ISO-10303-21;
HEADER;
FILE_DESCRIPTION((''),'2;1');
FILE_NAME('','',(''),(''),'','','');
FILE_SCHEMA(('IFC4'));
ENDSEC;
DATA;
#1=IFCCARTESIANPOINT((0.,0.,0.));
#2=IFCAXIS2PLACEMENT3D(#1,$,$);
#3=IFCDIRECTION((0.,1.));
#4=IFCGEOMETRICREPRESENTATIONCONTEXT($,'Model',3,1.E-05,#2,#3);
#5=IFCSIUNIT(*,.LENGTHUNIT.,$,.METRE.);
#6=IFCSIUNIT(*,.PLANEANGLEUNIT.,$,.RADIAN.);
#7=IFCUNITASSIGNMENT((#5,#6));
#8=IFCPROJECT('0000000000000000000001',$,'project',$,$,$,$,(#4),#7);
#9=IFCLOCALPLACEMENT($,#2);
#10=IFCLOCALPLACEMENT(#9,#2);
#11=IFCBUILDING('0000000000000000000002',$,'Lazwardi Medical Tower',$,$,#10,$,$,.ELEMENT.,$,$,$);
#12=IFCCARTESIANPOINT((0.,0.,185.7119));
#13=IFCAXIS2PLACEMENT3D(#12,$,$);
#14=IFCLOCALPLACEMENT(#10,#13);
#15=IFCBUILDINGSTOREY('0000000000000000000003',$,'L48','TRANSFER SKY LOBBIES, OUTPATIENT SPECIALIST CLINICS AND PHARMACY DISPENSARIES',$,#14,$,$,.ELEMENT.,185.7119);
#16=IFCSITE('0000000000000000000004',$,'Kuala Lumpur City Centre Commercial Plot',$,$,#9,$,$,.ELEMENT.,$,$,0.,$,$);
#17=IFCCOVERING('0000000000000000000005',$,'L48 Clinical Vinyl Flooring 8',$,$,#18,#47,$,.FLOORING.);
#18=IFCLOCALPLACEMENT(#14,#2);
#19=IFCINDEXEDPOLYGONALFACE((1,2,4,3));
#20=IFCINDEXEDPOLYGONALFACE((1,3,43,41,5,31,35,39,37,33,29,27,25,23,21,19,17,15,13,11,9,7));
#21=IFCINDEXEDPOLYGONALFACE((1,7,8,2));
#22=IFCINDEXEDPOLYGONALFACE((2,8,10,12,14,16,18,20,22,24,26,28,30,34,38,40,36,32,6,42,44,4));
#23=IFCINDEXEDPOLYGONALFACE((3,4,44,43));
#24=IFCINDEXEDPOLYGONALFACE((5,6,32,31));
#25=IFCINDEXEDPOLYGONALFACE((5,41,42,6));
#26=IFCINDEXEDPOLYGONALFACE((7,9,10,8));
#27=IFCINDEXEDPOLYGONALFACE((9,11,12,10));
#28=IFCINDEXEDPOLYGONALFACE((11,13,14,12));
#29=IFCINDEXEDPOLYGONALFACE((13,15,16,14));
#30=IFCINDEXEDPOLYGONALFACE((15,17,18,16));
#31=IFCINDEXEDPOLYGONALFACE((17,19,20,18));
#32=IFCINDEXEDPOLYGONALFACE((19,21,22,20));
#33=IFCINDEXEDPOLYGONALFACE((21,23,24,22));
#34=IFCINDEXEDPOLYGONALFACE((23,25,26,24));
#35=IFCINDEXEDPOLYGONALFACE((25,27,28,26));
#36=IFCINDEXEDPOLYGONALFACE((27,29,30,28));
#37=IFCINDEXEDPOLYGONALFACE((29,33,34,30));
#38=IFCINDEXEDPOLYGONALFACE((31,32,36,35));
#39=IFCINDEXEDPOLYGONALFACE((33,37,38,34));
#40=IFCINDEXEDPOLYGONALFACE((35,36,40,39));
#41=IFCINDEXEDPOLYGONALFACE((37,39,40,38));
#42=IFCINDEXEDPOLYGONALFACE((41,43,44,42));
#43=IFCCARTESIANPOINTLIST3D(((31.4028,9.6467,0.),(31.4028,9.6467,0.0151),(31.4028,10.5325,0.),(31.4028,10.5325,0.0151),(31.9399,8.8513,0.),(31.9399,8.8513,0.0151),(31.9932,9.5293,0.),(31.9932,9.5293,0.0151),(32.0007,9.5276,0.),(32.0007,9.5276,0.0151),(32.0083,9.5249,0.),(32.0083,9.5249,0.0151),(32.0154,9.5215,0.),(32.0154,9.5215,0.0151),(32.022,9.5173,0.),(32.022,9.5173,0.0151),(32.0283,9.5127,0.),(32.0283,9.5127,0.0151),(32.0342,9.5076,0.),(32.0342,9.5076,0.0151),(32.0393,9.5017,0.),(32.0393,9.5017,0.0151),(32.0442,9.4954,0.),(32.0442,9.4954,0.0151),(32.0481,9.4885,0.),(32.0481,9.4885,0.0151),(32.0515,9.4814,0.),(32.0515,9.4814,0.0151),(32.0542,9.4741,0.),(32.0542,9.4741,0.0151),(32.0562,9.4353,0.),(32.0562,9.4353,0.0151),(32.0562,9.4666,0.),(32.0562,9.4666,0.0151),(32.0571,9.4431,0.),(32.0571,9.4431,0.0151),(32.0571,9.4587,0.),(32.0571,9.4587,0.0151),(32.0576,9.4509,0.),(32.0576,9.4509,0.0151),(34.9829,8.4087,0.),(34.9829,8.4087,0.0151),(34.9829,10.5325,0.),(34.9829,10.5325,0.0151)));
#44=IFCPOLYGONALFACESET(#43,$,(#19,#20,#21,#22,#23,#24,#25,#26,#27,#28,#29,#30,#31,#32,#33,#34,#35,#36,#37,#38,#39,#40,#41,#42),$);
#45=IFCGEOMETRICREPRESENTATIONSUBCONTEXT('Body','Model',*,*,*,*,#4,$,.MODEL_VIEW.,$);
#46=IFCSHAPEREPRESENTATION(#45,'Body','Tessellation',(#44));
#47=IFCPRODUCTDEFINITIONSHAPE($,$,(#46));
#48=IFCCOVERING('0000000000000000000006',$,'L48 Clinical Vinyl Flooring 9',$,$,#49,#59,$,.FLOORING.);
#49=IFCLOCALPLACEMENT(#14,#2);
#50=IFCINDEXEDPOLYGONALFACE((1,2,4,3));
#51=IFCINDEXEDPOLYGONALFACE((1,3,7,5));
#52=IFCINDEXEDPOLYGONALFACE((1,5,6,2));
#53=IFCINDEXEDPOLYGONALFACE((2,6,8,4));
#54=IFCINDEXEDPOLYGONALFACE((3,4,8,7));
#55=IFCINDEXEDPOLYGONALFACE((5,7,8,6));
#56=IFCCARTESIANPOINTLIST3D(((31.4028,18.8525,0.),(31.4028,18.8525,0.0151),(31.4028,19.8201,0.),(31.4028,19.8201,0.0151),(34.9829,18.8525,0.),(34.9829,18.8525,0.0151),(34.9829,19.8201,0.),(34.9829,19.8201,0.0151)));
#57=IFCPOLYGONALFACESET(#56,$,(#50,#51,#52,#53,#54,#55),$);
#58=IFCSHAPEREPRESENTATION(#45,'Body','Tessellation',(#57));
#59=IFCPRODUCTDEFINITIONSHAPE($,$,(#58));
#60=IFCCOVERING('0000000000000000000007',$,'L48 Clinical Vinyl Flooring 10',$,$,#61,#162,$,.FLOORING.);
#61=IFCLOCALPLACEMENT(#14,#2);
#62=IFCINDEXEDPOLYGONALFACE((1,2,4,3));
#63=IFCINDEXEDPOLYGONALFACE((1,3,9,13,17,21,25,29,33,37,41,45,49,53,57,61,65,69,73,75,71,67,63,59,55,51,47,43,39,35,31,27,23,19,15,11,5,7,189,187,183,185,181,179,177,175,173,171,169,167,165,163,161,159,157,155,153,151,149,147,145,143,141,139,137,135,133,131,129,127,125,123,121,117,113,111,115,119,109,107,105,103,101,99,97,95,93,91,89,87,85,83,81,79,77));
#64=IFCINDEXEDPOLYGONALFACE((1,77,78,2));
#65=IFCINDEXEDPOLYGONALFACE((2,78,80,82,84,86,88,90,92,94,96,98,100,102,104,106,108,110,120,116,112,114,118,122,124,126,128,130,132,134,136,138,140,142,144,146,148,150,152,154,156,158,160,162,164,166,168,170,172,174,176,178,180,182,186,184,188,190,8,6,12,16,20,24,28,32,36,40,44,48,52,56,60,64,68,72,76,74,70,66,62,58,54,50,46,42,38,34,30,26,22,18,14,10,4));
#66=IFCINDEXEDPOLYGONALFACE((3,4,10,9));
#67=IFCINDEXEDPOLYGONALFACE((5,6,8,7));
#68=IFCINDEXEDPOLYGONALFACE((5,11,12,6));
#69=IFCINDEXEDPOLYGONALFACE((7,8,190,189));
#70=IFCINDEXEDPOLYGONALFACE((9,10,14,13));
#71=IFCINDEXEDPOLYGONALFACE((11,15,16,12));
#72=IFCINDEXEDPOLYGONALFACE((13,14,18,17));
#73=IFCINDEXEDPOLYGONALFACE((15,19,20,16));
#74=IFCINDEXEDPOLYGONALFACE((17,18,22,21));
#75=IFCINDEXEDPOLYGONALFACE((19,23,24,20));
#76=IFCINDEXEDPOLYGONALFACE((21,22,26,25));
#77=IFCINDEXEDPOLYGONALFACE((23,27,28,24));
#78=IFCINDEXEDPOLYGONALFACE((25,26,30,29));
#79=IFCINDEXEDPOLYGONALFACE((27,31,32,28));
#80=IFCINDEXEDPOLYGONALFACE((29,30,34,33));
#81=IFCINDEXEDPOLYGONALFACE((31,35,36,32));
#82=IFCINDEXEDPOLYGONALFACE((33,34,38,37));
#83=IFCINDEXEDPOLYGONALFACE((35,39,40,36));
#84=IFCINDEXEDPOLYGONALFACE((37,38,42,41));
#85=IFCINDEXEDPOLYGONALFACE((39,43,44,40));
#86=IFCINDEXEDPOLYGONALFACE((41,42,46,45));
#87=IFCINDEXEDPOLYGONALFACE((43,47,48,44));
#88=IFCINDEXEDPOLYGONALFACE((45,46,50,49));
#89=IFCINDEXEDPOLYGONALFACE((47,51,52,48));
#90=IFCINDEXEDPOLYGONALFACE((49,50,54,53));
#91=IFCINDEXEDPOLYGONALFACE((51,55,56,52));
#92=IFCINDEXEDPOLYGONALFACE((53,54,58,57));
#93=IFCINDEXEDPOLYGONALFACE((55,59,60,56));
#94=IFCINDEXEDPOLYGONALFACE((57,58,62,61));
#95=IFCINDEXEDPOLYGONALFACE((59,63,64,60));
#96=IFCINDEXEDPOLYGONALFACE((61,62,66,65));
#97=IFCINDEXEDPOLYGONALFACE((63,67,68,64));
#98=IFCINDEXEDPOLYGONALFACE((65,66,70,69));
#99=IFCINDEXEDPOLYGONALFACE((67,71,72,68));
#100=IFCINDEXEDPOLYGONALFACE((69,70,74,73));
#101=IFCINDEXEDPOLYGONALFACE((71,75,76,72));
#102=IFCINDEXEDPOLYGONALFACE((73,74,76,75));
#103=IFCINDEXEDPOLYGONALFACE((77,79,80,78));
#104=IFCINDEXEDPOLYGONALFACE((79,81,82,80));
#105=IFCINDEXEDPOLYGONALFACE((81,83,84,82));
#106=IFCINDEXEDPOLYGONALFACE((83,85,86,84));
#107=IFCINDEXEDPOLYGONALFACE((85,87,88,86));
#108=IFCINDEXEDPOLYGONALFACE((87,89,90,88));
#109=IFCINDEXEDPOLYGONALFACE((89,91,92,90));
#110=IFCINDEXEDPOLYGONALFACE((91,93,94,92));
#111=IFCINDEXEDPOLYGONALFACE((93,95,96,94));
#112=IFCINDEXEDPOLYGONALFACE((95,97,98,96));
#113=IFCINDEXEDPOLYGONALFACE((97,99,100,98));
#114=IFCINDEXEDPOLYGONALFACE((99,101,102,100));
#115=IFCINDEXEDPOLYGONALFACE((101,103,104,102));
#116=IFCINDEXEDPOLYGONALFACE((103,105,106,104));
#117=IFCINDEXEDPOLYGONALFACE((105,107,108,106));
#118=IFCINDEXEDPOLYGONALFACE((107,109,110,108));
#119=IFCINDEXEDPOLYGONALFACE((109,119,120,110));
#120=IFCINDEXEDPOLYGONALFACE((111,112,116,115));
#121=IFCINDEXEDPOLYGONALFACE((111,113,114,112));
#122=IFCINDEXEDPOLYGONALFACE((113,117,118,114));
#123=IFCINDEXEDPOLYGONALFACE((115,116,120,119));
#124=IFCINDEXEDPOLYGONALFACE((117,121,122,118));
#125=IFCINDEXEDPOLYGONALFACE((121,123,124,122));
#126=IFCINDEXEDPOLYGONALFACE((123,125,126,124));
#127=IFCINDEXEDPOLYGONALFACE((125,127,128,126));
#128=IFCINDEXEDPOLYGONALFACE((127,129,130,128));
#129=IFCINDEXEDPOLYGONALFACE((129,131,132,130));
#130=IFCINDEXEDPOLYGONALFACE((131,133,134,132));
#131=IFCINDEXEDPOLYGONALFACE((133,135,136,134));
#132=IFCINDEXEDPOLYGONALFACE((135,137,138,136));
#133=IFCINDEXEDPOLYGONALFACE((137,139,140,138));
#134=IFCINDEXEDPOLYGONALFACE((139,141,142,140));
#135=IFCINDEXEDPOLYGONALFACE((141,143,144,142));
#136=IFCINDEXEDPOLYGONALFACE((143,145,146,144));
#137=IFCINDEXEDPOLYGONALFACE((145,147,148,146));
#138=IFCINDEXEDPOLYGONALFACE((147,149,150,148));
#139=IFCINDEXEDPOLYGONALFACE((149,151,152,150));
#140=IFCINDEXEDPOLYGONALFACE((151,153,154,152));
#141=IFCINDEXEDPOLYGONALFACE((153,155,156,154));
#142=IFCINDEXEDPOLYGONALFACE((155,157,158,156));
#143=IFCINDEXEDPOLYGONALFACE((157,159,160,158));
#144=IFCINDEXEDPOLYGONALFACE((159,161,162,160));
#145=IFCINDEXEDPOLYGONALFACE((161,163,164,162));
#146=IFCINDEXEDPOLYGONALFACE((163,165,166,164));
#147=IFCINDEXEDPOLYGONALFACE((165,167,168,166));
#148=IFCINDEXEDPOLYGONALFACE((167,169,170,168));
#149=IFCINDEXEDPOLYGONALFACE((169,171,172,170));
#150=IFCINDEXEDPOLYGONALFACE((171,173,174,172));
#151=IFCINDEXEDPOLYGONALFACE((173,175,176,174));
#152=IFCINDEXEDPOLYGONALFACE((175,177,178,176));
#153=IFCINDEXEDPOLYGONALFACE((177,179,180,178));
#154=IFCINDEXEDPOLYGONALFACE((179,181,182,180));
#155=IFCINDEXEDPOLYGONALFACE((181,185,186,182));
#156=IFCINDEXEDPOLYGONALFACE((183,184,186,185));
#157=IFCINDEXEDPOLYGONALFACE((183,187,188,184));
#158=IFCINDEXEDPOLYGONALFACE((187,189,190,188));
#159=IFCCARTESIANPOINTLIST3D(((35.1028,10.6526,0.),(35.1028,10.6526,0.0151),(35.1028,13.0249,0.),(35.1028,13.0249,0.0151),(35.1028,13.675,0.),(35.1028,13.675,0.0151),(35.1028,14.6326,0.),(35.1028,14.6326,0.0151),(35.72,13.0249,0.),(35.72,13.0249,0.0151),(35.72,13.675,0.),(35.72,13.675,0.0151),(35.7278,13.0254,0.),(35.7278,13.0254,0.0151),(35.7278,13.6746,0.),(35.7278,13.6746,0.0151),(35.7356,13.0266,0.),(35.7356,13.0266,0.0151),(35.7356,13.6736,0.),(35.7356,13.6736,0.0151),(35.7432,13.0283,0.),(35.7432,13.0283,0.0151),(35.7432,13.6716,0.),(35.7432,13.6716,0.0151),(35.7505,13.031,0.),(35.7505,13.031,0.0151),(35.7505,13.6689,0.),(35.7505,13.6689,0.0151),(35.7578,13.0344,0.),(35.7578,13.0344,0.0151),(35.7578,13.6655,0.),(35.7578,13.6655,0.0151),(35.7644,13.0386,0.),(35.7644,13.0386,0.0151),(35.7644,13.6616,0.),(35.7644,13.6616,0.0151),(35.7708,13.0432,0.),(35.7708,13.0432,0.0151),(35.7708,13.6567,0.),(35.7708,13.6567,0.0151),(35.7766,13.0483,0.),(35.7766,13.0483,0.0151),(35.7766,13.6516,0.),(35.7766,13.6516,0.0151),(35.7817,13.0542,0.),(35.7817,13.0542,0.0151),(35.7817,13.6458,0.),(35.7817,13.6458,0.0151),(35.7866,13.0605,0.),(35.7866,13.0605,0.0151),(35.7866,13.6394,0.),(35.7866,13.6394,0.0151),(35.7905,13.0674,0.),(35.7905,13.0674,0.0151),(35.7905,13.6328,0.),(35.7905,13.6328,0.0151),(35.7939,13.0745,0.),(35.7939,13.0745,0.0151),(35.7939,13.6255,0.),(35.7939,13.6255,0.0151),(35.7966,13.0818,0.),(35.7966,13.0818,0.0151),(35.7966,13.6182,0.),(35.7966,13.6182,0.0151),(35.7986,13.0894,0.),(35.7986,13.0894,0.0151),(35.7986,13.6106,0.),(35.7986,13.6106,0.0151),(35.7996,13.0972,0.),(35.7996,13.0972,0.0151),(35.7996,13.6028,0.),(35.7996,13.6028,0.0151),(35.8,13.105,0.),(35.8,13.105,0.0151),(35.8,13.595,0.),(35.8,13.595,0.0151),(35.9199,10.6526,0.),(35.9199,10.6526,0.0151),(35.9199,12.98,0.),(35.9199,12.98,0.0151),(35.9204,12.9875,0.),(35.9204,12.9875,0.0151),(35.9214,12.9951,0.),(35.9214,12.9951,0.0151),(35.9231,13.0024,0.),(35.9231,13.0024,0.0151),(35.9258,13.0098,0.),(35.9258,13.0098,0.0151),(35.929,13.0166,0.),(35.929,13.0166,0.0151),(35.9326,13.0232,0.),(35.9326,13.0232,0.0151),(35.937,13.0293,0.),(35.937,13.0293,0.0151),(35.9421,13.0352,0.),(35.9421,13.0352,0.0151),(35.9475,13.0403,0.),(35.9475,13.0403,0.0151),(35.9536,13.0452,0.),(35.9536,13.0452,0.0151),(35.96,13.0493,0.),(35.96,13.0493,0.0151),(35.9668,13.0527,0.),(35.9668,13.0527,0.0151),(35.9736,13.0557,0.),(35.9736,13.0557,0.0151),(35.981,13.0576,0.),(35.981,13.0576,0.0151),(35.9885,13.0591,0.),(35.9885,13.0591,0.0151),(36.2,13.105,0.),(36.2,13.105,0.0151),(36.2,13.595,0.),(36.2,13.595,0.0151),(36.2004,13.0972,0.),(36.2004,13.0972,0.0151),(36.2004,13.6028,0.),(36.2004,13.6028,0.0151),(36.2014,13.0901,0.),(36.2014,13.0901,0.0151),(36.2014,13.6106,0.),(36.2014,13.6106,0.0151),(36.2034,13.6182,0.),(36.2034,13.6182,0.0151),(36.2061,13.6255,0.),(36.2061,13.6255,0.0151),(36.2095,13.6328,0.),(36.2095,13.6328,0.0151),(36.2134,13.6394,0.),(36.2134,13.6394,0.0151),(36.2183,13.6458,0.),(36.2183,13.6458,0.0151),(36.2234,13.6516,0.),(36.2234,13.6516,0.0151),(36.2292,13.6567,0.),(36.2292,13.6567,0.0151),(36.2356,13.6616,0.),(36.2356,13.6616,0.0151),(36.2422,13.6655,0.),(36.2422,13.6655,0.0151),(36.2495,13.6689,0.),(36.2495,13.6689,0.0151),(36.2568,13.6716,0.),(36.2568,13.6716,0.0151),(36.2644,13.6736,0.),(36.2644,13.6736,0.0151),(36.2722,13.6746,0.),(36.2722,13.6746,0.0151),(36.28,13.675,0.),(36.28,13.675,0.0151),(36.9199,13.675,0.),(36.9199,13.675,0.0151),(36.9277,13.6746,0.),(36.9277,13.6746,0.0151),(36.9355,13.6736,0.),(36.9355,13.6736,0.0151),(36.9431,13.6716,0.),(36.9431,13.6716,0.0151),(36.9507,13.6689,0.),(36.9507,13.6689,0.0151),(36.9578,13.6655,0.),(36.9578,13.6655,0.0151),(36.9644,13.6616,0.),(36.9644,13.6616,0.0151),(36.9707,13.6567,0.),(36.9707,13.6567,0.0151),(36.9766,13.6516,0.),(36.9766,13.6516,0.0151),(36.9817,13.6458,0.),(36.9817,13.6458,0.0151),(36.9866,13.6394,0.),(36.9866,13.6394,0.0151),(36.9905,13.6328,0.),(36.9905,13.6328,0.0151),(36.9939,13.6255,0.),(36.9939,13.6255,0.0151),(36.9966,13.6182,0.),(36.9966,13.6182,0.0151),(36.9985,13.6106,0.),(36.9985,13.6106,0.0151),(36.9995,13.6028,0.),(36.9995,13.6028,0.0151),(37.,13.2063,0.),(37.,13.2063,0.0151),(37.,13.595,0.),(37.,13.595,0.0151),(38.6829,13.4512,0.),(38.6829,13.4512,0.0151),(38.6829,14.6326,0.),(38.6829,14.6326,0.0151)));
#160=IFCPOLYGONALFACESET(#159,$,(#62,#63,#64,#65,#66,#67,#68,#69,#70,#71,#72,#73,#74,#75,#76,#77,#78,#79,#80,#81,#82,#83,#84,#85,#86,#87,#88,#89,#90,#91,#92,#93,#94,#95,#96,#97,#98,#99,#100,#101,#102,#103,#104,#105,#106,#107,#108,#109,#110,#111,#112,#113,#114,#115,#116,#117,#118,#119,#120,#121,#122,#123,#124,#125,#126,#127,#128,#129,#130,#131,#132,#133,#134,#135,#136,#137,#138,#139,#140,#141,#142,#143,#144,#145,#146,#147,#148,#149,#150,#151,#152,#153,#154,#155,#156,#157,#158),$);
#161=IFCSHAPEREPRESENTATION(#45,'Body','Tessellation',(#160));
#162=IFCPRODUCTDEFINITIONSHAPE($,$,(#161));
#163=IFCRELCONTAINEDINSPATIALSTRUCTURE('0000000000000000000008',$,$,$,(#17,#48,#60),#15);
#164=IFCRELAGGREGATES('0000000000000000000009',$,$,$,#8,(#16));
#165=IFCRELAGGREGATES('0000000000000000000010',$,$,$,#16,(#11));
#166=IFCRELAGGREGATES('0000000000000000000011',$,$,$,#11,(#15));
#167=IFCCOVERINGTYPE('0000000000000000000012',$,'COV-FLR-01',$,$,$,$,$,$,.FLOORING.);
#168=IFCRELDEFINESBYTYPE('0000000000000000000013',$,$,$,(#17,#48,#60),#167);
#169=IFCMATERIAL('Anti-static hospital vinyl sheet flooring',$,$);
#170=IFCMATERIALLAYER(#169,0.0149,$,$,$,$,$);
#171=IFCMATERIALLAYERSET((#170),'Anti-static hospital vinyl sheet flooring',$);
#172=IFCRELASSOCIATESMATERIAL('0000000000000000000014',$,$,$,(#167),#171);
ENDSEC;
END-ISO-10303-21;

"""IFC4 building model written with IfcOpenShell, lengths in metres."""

from ifc_helpers import new_model, si_unit, direction, frame, origin, place, context, subcontext, project, spatial, polyline, outline, extrude, material, layer, layer_set, type_object, element, save


model = new_model("IFC4")

# Units and contexts
model_context = context("Model", 3, precision=1e-05, world=origin(), true_north=direction((0.0, 1.0)))
body_context = subcontext(model_context, "Body", "Model", "MODEL_VIEW")
ifc_project = project(units=[si_unit("LENGTHUNIT", "METRE"), si_unit("PLANEANGLEUNIT", "RADIAN")], contexts=[model_context])

# Site, building, storey
site_placement = place(None, origin())
site = spatial("IfcSite", under=ifc_project, at=site_placement, Name="Kuala Lumpur City Centre Commercial Plot", CompositionType="ELEMENT", RefElevation=0.0)
building_placement = place(site_placement, origin())
building = spatial("IfcBuilding", under=site, at=building_placement, Name="Lazwardi Medical Tower", CompositionType="ELEMENT")
storey_placement = place(building_placement, frame((0.0, 0.0, 185.7119)))
storey = spatial("IfcBuildingStorey", under=building, at=storey_placement, Name="L48", Description="TRANSFER SKY LOBBIES, OUTPATIENT SPECIALIST CLINICS AND PHARMACY DISPENSARIES", CompositionType="ELEMENT", Elevation=185.7119)

# Coverings
ifc_material_1 = material(Name="Anti-static hospital vinyl sheet flooring")
ifc_layer_1 = layer(ifc_material_1, 0.0149)
ifc_layer_set_1 = layer_set([ifc_layer_1], Name="Anti-static hospital vinyl sheet flooring")
covering_type_1 = type_object("IfcCoveringType", Name="COV-FLR-01", PredefinedType="FLOORING", material=ifc_layer_set_1)
covering_1_placement = place(storey_placement, origin())
element("IfcCovering", 1, at=covering_1_placement, inside=storey, type_object=covering_type_1, Name="L48 Clinical Vinyl Flooring 8", PredefinedType="FLOORING", context=body_context, shape_type="SweptSolid", body=[
    extrude(outline(polyline([(31.4028, 9.6467), (31.9932, 9.5293), (32.0007, 9.5276), (32.0083, 9.5249), (32.0154, 9.5215), (32.022, 9.5173), (32.0283, 9.5127), (32.0342, 9.5076), (32.0393, 9.5017), (32.0442, 9.4954), (32.0481, 9.4885), (32.0515, 9.4814), (32.0542, 9.4741), (32.0562, 9.4666), (32.0571, 9.4587), (32.0576, 9.4509), (32.0571, 9.4431), (32.0562, 9.4353), (31.9399, 8.8513), (34.9829, 8.4087), (34.9829, 10.5325), (31.4028, 10.5325), (31.4028, 9.6467)])), origin(), (0.0, 0.0, 1.0), 0.0151),
])
covering_2_placement = place(storey_placement, origin())
element("IfcCovering", 2, at=covering_2_placement, inside=storey, type_object=covering_type_1, Name="L48 Clinical Vinyl Flooring 9", PredefinedType="FLOORING", context=body_context, shape_type="SweptSolid", body=[
    extrude(outline(polyline([(34.9829, 19.8201), (31.4028, 19.8201), (31.4028, 18.8525), (34.9829, 18.8525), (34.9829, 19.8201)])), origin(), (0.0, 0.0, 1.0), 0.0151),
])
covering_3_placement = place(storey_placement, origin())
element("IfcCovering", 3, at=covering_3_placement, inside=storey, type_object=covering_type_1, Name="L48 Clinical Vinyl Flooring 10", PredefinedType="FLOORING", context=body_context, shape_type="SweptSolid", body=[
    extrude(outline(polyline([(35.1028, 13.675), (35.72, 13.675), (35.7278, 13.6746), (35.7356, 13.6736), (35.7432, 13.6716), (35.7505, 13.6689), (35.7578, 13.6655), (35.7644, 13.6616), (35.7708, 13.6567), (35.7766, 13.6516), (35.7817, 13.6458), (35.7866, 13.6394), (35.7905, 13.6328), (35.7939, 13.6255), (35.7966, 13.6182), (35.7986, 13.6106), (35.7996, 13.6028), (35.8, 13.595), (35.8, 13.105), (35.7996, 13.0972), (35.7986, 13.0894), (35.7966, 13.0818), (35.7939, 13.0745), (35.7905, 13.0674), (35.7866, 13.0605), (35.7817, 13.0542), (35.7766, 13.0483), (35.7708, 13.0432), (35.7644, 13.0386), (35.7578, 13.0344), (35.7505, 13.031), (35.7432, 13.0283), (35.7356, 13.0266), (35.7278, 13.0254), (35.72, 13.0249), (35.1028, 13.0249), (35.1028, 10.6526), (35.9199, 10.6526), (35.9199, 12.98), (35.9204, 12.9875), (35.9214, 12.9951), (35.9231, 13.0024), (35.9258, 13.0098), (35.929, 13.0166), (35.9326, 13.0232), (35.937, 13.0293), (35.9421, 13.0352), (35.9475, 13.0403), (35.9536, 13.0452), (35.96, 13.0493), (35.9668, 13.0527), (35.9736, 13.0557), (35.981, 13.0576), (35.9885, 13.0591), (36.2014, 13.0901), (36.2004, 13.0972), (36.2, 13.105), (36.2, 13.595), (36.2004, 13.6028), (36.2014, 13.6106), (36.2034, 13.6182), (36.2061, 13.6255), (36.2095, 13.6328), (36.2134, 13.6394), (36.2183, 13.6458), (36.2234, 13.6516), (36.2292, 13.6567), (36.2356, 13.6616), (36.2422, 13.6655), (36.2495, 13.6689), (36.2568, 13.6716), (36.2644, 13.6736), (36.2722, 13.6746), (36.28, 13.675), (36.9199, 13.675), (36.9277, 13.6746), (36.9355, 13.6736), (36.9431, 13.6716), (36.9507, 13.6689), (36.9578, 13.6655), (36.9644, 13.6616), (36.9707, 13.6567), (36.9766, 13.6516), (36.9817, 13.6458), (36.9866, 13.6394), (36.9905, 13.6328), (36.9939, 13.6255), (36.9966, 13.6182), (36.9985, 13.6106), (36.9995, 13.6028), (37.0, 13.595), (37.0, 13.2063), (38.6829, 13.4512), (38.6829, 14.6326), (35.1028, 14.6326), (35.1028, 13.675)])), origin(), (0.0, 0.0, 1.0), 0.0151),
])

save(model, "model.ifc")
